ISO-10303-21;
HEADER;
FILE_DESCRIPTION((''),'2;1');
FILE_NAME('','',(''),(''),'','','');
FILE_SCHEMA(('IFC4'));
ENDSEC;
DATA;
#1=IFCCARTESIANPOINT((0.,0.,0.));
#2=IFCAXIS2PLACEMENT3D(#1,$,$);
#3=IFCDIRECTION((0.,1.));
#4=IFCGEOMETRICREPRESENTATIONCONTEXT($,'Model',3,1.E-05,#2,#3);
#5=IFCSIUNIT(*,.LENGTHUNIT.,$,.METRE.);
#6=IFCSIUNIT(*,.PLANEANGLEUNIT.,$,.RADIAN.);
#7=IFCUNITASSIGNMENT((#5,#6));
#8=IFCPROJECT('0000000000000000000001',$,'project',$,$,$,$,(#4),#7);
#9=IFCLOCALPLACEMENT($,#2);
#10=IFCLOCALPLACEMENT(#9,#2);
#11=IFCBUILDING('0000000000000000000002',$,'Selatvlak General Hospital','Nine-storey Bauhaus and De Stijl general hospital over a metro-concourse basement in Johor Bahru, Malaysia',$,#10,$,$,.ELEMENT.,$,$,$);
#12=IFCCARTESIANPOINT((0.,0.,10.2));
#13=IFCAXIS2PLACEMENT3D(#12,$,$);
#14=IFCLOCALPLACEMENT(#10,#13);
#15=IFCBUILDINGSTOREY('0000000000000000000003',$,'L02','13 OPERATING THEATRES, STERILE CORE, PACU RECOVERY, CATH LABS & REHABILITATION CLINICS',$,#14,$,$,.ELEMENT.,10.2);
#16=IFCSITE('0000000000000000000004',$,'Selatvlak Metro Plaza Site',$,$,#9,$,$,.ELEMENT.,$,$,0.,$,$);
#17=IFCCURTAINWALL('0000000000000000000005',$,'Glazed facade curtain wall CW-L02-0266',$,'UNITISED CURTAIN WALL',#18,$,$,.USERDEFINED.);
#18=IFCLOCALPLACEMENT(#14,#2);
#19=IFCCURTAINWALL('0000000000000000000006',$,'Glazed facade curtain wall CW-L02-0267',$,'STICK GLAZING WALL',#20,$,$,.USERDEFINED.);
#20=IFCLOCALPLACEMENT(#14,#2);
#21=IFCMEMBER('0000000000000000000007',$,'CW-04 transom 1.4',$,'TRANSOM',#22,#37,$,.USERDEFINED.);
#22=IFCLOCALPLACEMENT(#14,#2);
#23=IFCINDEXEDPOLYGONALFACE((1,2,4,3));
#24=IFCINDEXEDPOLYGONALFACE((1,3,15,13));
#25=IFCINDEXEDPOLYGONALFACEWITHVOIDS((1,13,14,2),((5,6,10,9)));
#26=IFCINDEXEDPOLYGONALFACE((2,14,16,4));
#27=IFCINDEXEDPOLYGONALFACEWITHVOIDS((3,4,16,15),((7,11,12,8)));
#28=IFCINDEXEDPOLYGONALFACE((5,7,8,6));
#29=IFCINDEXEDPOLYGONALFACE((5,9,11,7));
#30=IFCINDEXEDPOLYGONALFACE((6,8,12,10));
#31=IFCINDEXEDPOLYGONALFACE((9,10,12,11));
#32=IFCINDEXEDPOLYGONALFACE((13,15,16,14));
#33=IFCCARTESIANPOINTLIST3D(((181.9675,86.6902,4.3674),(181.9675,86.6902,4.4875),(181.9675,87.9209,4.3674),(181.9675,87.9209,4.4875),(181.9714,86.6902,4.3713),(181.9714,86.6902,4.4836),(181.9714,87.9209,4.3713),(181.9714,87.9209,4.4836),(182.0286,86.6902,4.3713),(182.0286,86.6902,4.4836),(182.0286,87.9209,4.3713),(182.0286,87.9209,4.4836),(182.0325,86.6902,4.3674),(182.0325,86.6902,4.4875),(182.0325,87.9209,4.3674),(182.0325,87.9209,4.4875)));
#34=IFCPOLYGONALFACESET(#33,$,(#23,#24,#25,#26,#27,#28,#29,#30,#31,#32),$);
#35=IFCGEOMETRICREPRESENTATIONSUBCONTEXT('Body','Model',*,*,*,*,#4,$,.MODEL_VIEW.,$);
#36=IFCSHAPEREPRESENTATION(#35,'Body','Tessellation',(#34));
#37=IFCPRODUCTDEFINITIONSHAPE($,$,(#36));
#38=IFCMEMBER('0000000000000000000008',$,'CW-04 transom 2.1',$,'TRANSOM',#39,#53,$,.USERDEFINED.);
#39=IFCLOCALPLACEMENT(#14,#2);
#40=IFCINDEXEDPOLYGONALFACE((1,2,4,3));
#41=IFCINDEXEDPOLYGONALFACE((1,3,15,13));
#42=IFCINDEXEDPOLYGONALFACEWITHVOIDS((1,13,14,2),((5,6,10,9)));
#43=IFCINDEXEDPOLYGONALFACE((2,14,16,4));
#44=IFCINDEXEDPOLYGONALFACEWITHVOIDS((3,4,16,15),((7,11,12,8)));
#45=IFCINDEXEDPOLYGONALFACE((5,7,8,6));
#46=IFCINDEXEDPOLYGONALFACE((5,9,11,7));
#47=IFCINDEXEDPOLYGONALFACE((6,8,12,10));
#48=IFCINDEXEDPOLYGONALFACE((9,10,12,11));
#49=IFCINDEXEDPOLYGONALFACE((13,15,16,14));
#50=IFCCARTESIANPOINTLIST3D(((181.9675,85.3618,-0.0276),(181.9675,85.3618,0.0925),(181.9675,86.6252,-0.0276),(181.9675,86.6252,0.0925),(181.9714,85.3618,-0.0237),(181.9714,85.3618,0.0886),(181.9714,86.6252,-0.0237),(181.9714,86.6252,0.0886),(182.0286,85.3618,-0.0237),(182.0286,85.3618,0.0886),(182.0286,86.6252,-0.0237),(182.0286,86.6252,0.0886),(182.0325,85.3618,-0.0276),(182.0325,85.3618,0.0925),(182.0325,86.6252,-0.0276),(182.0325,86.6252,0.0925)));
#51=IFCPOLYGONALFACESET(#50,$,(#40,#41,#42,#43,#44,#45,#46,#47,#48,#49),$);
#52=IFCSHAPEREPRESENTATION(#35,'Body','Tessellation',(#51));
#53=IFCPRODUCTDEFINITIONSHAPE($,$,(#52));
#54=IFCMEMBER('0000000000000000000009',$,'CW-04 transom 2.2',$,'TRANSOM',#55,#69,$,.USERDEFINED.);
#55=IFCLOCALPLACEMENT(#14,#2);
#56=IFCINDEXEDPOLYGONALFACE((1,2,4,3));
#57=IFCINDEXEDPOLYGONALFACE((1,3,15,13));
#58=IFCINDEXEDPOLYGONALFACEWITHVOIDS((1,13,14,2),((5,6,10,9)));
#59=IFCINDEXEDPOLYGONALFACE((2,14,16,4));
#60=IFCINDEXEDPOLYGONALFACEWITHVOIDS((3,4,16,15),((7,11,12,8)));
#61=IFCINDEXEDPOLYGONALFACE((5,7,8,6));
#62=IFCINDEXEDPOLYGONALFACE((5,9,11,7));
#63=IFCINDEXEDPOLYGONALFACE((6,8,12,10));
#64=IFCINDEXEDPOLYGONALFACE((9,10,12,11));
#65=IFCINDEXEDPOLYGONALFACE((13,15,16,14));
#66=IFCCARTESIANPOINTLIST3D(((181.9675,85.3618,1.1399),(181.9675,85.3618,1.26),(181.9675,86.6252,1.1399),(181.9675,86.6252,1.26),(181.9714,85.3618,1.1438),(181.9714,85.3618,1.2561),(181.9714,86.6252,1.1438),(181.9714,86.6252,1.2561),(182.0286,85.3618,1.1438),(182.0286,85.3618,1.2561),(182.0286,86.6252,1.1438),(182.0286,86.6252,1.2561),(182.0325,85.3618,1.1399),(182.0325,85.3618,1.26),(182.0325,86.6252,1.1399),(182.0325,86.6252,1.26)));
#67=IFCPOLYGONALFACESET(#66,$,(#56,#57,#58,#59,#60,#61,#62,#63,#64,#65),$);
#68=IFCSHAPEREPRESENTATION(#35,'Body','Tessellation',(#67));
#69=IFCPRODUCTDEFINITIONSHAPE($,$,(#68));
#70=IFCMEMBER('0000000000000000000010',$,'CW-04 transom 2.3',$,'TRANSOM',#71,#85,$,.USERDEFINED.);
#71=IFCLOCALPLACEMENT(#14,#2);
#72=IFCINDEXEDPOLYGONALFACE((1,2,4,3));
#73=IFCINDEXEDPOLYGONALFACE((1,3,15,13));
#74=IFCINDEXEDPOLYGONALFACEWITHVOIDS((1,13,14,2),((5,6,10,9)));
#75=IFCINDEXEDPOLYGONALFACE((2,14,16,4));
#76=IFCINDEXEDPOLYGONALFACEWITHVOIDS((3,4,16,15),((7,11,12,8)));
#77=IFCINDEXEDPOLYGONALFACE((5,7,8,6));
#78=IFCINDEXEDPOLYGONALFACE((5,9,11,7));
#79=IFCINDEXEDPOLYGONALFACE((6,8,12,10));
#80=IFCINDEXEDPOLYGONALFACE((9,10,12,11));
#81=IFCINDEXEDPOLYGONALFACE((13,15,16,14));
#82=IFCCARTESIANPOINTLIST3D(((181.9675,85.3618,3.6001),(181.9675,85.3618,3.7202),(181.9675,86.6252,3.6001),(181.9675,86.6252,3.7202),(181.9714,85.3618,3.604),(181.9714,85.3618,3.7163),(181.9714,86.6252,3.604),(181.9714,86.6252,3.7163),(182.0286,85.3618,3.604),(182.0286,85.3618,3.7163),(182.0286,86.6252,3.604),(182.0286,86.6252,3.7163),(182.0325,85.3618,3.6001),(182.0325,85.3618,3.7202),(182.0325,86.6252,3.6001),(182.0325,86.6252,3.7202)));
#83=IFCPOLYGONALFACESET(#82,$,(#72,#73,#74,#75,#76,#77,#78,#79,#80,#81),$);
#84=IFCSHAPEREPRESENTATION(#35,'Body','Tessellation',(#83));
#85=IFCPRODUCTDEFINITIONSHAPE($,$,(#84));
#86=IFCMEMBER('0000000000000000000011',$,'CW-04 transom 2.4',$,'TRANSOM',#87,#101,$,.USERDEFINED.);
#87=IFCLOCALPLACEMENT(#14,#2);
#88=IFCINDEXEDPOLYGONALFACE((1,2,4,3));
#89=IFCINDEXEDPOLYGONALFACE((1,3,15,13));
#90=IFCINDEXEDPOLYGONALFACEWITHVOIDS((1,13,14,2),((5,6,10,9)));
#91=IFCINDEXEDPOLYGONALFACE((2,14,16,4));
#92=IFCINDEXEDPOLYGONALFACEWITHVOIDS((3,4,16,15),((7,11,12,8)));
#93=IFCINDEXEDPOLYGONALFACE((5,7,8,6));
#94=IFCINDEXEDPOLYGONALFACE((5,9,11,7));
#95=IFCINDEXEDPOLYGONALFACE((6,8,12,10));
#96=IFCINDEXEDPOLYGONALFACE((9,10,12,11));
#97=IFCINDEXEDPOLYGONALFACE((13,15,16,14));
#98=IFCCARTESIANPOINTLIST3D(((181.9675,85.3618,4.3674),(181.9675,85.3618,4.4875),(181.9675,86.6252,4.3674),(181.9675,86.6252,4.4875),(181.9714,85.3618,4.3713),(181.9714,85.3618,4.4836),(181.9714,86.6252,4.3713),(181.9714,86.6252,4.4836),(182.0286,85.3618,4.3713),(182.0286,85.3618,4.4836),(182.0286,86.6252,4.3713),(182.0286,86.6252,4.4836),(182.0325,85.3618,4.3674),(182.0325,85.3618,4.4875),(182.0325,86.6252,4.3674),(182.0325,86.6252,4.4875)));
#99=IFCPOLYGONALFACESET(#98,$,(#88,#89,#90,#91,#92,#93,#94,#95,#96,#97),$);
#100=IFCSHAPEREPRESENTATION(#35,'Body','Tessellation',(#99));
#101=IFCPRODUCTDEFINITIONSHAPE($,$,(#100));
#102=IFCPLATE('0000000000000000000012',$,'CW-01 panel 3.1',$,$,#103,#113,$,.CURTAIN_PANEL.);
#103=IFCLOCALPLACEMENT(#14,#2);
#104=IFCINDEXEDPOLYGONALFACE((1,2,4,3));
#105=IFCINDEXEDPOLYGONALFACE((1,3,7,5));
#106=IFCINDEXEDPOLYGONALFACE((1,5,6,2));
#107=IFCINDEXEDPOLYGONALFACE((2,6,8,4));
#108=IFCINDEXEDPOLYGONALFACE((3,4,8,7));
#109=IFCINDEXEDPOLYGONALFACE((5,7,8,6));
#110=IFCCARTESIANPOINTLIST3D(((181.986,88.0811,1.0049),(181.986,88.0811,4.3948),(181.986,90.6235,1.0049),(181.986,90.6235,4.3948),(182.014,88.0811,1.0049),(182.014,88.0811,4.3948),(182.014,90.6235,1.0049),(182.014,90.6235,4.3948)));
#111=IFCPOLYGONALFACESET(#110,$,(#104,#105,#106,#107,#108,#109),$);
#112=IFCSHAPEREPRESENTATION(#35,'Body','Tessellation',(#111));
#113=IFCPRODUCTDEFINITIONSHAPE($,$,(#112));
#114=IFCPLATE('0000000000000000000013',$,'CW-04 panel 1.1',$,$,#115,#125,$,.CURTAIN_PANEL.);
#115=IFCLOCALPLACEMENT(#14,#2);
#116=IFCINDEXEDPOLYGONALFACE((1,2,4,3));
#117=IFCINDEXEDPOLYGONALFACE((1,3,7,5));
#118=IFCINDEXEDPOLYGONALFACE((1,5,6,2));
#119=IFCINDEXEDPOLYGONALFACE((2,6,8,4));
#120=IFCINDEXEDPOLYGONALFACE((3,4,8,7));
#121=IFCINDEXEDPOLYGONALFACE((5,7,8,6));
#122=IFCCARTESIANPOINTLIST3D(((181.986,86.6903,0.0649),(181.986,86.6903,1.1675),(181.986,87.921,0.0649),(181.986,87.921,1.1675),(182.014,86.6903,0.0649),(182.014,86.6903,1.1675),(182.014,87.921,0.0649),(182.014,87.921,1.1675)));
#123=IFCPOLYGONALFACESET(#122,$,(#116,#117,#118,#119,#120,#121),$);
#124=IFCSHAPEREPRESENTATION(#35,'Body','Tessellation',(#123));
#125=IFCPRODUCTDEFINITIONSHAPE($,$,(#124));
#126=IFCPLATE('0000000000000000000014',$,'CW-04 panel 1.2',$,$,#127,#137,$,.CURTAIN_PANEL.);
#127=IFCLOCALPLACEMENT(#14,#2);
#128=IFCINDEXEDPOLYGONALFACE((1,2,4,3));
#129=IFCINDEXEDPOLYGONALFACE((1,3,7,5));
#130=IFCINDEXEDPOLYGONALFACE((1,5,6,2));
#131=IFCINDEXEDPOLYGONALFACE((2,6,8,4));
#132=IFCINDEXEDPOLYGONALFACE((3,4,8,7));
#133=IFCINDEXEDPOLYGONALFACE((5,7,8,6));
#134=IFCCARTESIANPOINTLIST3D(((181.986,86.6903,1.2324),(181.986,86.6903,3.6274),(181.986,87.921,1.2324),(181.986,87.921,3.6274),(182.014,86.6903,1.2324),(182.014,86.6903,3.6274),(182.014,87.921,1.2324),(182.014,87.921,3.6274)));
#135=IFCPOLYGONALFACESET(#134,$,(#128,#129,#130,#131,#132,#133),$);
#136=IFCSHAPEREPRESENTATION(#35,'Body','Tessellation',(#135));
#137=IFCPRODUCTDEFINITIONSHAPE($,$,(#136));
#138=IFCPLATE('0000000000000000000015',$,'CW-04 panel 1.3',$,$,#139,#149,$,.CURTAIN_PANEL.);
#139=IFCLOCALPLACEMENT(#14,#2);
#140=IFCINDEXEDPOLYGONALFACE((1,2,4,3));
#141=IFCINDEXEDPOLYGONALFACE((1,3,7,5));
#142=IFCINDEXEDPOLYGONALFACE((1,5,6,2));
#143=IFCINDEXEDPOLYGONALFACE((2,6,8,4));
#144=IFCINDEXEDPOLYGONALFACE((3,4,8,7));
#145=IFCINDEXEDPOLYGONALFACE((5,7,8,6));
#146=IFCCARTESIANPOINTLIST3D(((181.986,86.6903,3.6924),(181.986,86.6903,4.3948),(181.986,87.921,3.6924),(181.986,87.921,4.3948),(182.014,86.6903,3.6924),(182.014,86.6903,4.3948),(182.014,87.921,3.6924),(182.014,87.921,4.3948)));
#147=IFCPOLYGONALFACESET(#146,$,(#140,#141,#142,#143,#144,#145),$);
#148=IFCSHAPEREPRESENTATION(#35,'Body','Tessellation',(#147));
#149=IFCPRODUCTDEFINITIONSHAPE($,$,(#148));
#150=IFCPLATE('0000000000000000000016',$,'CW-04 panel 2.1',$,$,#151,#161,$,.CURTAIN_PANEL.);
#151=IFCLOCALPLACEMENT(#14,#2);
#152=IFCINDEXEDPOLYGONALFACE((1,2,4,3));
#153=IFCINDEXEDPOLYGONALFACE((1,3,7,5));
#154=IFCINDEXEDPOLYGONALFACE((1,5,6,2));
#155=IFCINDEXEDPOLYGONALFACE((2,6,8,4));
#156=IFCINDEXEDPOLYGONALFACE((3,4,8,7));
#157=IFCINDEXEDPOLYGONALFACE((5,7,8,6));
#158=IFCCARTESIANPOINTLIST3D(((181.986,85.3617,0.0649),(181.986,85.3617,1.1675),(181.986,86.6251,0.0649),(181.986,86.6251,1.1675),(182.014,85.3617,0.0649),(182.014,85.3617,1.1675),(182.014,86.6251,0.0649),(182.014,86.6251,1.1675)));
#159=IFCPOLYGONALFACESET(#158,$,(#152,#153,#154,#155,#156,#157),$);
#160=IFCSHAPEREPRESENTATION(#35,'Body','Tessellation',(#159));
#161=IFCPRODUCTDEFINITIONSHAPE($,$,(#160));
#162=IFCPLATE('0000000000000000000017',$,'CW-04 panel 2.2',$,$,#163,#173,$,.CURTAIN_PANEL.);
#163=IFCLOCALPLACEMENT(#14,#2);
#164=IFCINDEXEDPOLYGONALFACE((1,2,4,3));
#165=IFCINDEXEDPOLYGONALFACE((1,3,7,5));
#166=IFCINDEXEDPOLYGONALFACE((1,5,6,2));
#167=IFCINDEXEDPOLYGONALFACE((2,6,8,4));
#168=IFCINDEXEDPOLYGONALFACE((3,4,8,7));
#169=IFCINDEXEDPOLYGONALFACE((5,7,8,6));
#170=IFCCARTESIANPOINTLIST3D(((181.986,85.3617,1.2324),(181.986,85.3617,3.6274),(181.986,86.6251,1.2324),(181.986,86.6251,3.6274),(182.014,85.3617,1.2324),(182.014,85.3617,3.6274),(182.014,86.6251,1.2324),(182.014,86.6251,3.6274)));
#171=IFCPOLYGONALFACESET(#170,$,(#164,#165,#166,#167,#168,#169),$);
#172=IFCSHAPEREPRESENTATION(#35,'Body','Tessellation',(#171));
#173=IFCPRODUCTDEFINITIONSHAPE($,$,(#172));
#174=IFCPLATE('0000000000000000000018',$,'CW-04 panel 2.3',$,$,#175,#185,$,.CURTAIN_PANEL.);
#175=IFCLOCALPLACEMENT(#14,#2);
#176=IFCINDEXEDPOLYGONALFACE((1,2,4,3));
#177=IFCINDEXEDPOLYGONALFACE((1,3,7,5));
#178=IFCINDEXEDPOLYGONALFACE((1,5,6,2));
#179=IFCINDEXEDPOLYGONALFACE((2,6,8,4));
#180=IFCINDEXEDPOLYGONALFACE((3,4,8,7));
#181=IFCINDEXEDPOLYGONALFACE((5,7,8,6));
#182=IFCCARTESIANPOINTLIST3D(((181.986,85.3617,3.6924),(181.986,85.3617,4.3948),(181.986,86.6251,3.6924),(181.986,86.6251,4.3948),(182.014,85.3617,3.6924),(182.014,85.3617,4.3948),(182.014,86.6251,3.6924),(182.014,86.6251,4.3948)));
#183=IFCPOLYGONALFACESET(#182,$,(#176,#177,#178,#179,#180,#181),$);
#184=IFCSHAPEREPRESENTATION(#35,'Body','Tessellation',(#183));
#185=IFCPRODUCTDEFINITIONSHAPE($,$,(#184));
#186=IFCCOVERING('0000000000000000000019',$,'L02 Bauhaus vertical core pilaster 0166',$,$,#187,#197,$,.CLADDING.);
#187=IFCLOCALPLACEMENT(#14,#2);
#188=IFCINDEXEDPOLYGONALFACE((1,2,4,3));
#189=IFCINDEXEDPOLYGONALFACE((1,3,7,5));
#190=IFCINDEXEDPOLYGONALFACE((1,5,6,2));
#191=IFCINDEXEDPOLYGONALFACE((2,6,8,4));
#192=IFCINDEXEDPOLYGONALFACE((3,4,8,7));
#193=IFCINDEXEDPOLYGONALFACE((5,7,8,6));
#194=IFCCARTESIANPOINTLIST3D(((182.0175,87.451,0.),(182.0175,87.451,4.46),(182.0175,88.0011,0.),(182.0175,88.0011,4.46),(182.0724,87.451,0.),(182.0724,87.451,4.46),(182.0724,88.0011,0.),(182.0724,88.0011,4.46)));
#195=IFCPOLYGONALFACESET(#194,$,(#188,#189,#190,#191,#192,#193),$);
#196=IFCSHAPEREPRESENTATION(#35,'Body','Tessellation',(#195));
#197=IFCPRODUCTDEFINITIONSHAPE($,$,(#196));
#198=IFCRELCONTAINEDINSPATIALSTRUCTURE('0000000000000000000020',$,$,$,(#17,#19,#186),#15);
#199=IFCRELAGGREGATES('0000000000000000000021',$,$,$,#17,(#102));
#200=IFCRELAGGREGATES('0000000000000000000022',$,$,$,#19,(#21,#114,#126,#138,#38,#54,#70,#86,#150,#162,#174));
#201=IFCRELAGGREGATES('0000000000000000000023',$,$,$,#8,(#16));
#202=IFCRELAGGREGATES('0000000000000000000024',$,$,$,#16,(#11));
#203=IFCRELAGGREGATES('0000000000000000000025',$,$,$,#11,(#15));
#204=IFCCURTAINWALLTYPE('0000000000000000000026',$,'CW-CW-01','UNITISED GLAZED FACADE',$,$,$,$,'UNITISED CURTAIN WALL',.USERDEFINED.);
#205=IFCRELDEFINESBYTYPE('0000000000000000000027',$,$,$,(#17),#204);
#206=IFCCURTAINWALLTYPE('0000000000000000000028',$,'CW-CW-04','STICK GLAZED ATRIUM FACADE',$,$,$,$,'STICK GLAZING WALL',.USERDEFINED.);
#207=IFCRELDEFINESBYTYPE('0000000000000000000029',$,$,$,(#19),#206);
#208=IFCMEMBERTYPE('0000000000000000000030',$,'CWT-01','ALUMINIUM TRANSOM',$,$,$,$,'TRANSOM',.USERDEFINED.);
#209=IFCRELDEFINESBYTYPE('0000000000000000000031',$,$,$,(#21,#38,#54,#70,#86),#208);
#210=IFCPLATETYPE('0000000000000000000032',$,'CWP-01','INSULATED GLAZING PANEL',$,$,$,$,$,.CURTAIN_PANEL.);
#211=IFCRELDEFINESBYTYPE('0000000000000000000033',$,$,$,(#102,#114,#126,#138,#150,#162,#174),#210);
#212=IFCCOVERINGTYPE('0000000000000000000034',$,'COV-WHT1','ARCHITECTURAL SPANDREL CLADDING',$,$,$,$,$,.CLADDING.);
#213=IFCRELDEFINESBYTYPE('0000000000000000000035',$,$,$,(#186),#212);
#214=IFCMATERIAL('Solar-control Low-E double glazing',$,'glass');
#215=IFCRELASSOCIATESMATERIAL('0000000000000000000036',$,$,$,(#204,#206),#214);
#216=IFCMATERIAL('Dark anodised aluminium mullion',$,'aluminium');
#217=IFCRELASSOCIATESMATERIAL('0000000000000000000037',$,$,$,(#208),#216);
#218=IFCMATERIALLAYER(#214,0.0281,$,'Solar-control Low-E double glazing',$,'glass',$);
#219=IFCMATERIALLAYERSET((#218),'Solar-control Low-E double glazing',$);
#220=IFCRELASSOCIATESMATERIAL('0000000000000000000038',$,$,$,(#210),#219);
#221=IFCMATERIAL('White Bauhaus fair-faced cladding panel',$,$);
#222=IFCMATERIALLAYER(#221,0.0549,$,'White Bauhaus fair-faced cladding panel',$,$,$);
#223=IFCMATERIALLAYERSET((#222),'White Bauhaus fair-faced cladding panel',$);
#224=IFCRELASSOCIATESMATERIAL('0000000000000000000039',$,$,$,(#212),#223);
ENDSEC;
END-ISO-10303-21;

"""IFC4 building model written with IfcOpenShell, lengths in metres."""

from ifc_helpers import new_model, si_unit, direction, frame, origin, origin_2d, place, context, subcontext, project, spatial, rectangle, hollow_rectangle, extrude, material, layer, layer_set, material_profile, profile_set, type_object, element, aggregate, save


model = new_model("IFC4")

# Units and contexts
model_context = context("Model", 3, precision=1e-05, world=origin(), true_north=direction((0.0, 1.0)))
body_context = subcontext(model_context, "Body", "Model", "MODEL_VIEW")
ifc_project = project(units=[si_unit("LENGTHUNIT", "METRE"), si_unit("PLANEANGLEUNIT", "RADIAN")], contexts=[model_context])

# Site, building, storey
site_placement = place(None, origin())
site = spatial("IfcSite", under=ifc_project, at=site_placement, Name="Selatvlak Metro Plaza Site", CompositionType="ELEMENT", RefElevation=0.0)
building_placement = place(site_placement, origin())
building = spatial("IfcBuilding", under=site, at=building_placement, Name="Selatvlak General Hospital", Description="Nine-storey Bauhaus and De Stijl general hospital over a metro-concourse basement in Johor Bahru, Malaysia", CompositionType="ELEMENT")
storey_placement = place(building_placement, frame((0.0, 0.0, 10.2)))
storey = spatial("IfcBuildingStorey", under=building, at=storey_placement, Name="L02", Description="13 OPERATING THEATRES, STERILE CORE, PACU RECOVERY, CATH LABS & REHABILITATION CLINICS", CompositionType="ELEMENT", Elevation=10.2)

# Curtain wall
ifc_material_1 = material(Name="Solar-control Low-E double glazing", Category="glass")
curtain_wall_type_1 = type_object("IfcCurtainWallType", Name="CW-CW-01", Description="UNITISED GLAZED FACADE", ElementType="UNITISED CURTAIN WALL", PredefinedType="USERDEFINED", material=ifc_material_1)
curtain_wall_1_placement = place(storey_placement, origin())
curtain_wall_1 = element("IfcCurtainWall", 1, at=curtain_wall_1_placement, inside=storey, type_object=curtain_wall_type_1, Name="Glazed facade curtain wall CW-L02-0266", ObjectType="UNITISED CURTAIN WALL", PredefinedType="USERDEFINED")
ifc_material_2 = material(Name="Dark anodised aluminium mullion", Category="aluminium")

# Curtain wall
curtain_wall_type_2 = type_object("IfcCurtainWallType", Name="CW-CW-04", Description="STICK GLAZED ATRIUM FACADE", ElementType="STICK GLAZING WALL", PredefinedType="USERDEFINED", material=ifc_material_1)
curtain_wall_2_placement = place(storey_placement, origin())
curtain_wall_2 = element("IfcCurtainWall", 2, at=curtain_wall_2_placement, inside=storey, type_object=curtain_wall_type_2, Name="Glazed facade curtain wall CW-L02-0267", ObjectType="STICK GLAZING WALL", PredefinedType="USERDEFINED")

# Members
ifc_material_profile_1 = material_profile(ifc_material_2, hollow_rectangle(XDim=0.0649, YDim=0.1201, WallThickness=0.0039, at=origin_2d()), Name="AL-TRN 65x120x4")
ifc_profile_set_1 = profile_set([ifc_material_profile_1], Name="Dark anodised aluminium mullion")
member_type_1 = type_object("IfcMemberType", Name="CWT-01", Description="ALUMINIUM TRANSOM", ElementType="TRANSOM", PredefinedType="USERDEFINED", material=ifc_profile_set_1)
member_1_placement = place(storey_placement, frame((182.0, 87.9209, 4.4275), z_axis=(0.0, -1.0, 0.0), x_axis=(1.0, 0.0, 0.0)))
member_1 = element("IfcMember", 3, at=member_1_placement, type_object=member_type_1, Name="CW-04 transom 1.4", ObjectType="TRANSOM", PredefinedType="USERDEFINED", context=body_context, shape_type="SweptSolid", body=[
    extrude(hollow_rectangle(XDim=0.0649, YDim=0.1201, WallThickness=0.0039, at=origin_2d()), origin(), (0.0, 0.0, 1.0), 1.2307),
])
member_2_placement = place(storey_placement, frame((182.0, 86.6252, 0.0325), z_axis=(0.0, -1.0, 0.0), x_axis=(1.0, 0.0, 0.0)))
member_2 = element("IfcMember", 4, at=member_2_placement, type_object=member_type_1, Name="CW-04 transom 2.1", ObjectType="TRANSOM", PredefinedType="USERDEFINED", context=body_context, shape_type="SweptSolid", body=[
    extrude(hollow_rectangle(XDim=0.0649, YDim=0.1201, WallThickness=0.0039, at=origin_2d()), origin(), (0.0, 0.0, 1.0), 1.2634),
])
member_3_placement = place(storey_placement, frame((182.0, 86.6252, 1.2), z_axis=(0.0, -1.0, 0.0), x_axis=(1.0, 0.0, 0.0)))
member_3 = element("IfcMember", 5, at=member_3_placement, type_object=member_type_1, Name="CW-04 transom 2.2", ObjectType="TRANSOM", PredefinedType="USERDEFINED", context=body_context, shape_type="SweptSolid", body=[
    extrude(hollow_rectangle(XDim=0.0649, YDim=0.1201, WallThickness=0.0039, at=origin_2d()), origin(), (0.0, 0.0, 1.0), 1.2634),
])
member_4_placement = place(storey_placement, frame((182.0, 86.6252, 3.6602), z_axis=(0.0, -1.0, 0.0), x_axis=(1.0, 0.0, 0.0)))
member_4 = element("IfcMember", 6, at=member_4_placement, type_object=member_type_1, Name="CW-04 transom 2.3", ObjectType="TRANSOM", PredefinedType="USERDEFINED", context=body_context, shape_type="SweptSolid", body=[
    extrude(hollow_rectangle(XDim=0.0649, YDim=0.1201, WallThickness=0.0039, at=origin_2d()), origin(), (0.0, 0.0, 1.0), 1.2634),
])
member_5_placement = place(storey_placement, frame((182.0, 86.6252, 4.4275), z_axis=(0.0, -1.0, 0.0), x_axis=(1.0, 0.0, 0.0)))
member_5 = element("IfcMember", 7, at=member_5_placement, type_object=member_type_1, Name="CW-04 transom 2.4", ObjectType="TRANSOM", PredefinedType="USERDEFINED", context=body_context, shape_type="SweptSolid", body=[
    extrude(hollow_rectangle(XDim=0.0649, YDim=0.1201, WallThickness=0.0039, at=origin_2d()), origin(), (0.0, 0.0, 1.0), 1.2634),
])

# Plates
ifc_layer_1 = layer(ifc_material_1, 0.0281, Name="Solar-control Low-E double glazing", Category="glass")
ifc_layer_set_1 = layer_set([ifc_layer_1], Name="Solar-control Low-E double glazing")
plate_type = type_object("IfcPlateType", Name="CWP-01", Description="INSULATED GLAZING PANEL", PredefinedType="CURTAIN_PANEL", material=ifc_layer_set_1)
plate_1_placement = place(storey_placement, frame((182.0, 89.3523, 1.0049), z_axis=(0.0, 0.0, 1.0), x_axis=(0.0, -1.0, 0.0)))
plate_1 = element("IfcPlate", 8, at=plate_1_placement, type_object=plate_type, Name="CW-01 panel 3.1", PredefinedType="CURTAIN_PANEL", context=body_context, shape_type="SweptSolid", body=[
    extrude(rectangle(XDim=2.5425, YDim=0.0281, at=origin_2d()), origin(), (0.0, 0.0, 1.0), 3.3899),
])
aggregate(curtain_wall_1, [plate_1])
plate_2_placement = place(storey_placement, frame((182.0, 87.3057, 0.0649), z_axis=(0.0, 0.0, 1.0), x_axis=(0.0, -1.0, 0.0)))
plate_2 = element("IfcPlate", 9, at=plate_2_placement, type_object=plate_type, Name="CW-04 panel 1.1", PredefinedType="CURTAIN_PANEL", context=body_context, shape_type="SweptSolid", body=[
    extrude(rectangle(XDim=1.2307, YDim=0.0281, at=origin_2d()), origin(), (0.0, 0.0, 1.0), 1.1025),
])
plate_3_placement = place(storey_placement, frame((182.0, 87.3057, 1.2324), z_axis=(0.0, 0.0, 1.0), x_axis=(0.0, -1.0, 0.0)))
plate_3 = element("IfcPlate", 10, at=plate_3_placement, type_object=plate_type, Name="CW-04 panel 1.2", PredefinedType="CURTAIN_PANEL", context=body_context, shape_type="SweptSolid", body=[
    extrude(rectangle(XDim=1.2307, YDim=0.0281, at=origin_2d()), origin(), (0.0, 0.0, 1.0), 2.395),
])
plate_4_placement = place(storey_placement, frame((182.0, 87.3057, 3.6924), z_axis=(0.0, 0.0, 1.0), x_axis=(0.0, -1.0, 0.0)))
plate_4 = element("IfcPlate", 11, at=plate_4_placement, type_object=plate_type, Name="CW-04 panel 1.3", PredefinedType="CURTAIN_PANEL", context=body_context, shape_type="SweptSolid", body=[
    extrude(rectangle(XDim=1.2307, YDim=0.0281, at=origin_2d()), origin(), (0.0, 0.0, 1.0), 0.7024),
])
plate_5_placement = place(storey_placement, frame((182.0, 85.9934, 0.0649), z_axis=(0.0, 0.0, 1.0), x_axis=(0.0, -1.0, 0.0)))
plate_5 = element("IfcPlate", 12, at=plate_5_placement, type_object=plate_type, Name="CW-04 panel 2.1", PredefinedType="CURTAIN_PANEL", context=body_context, shape_type="SweptSolid", body=[
    extrude(rectangle(XDim=1.2634, YDim=0.0281, at=origin_2d()), origin(), (0.0, 0.0, 1.0), 1.1025),
])
plate_6_placement = place(storey_placement, frame((182.0, 85.9934, 1.2324), z_axis=(0.0, 0.0, 1.0), x_axis=(0.0, -1.0, 0.0)))
plate_6 = element("IfcPlate", 13, at=plate_6_placement, type_object=plate_type, Name="CW-04 panel 2.2", PredefinedType="CURTAIN_PANEL", context=body_context, shape_type="SweptSolid", body=[
    extrude(rectangle(XDim=1.2634, YDim=0.0281, at=origin_2d()), origin(), (0.0, 0.0, 1.0), 2.395),
])
plate_7_placement = place(storey_placement, frame((182.0, 85.9934, 3.6924), z_axis=(0.0, 0.0, 1.0), x_axis=(0.0, -1.0, 0.0)))
plate_7 = element("IfcPlate", 14, at=plate_7_placement, type_object=plate_type, Name="CW-04 panel 2.3", PredefinedType="CURTAIN_PANEL", context=body_context, shape_type="SweptSolid", body=[
    extrude(rectangle(XDim=1.2634, YDim=0.0281, at=origin_2d()), origin(), (0.0, 0.0, 1.0), 0.7024),
])
aggregate(curtain_wall_2, [member_1, plate_2, plate_3, plate_4, member_2, member_3, member_4, member_5, plate_5, plate_6, plate_7])

# Covering
ifc_material_3 = material(Name="White Bauhaus fair-faced cladding panel")
ifc_layer_2 = layer(ifc_material_3, 0.0549, Name="White Bauhaus fair-faced cladding panel")
ifc_layer_set_2 = layer_set([ifc_layer_2], Name="White Bauhaus fair-faced cladding panel")
covering_type = type_object("IfcCoveringType", Name="COV-WHT1", Description="ARCHITECTURAL SPANDREL CLADDING", PredefinedType="CLADDING", material=ifc_layer_set_2)
covering_placement = place(storey_placement, frame((182.0449, 87.7261, 0.0), z_axis=(0.0, 0.0, 1.0), x_axis=(0.0, -1.0, 0.0)))
element("IfcCovering", 15, at=covering_placement, inside=storey, type_object=covering_type, Name="L02 Bauhaus vertical core pilaster 0166", PredefinedType="CLADDING", context=body_context, shape_type="SweptSolid", body=[
    extrude(rectangle(XDim=0.55, YDim=0.0549, at=origin_2d()), origin(), (0.0, 0.0, 1.0), 4.46),
])

save(model, "model.ifc")
